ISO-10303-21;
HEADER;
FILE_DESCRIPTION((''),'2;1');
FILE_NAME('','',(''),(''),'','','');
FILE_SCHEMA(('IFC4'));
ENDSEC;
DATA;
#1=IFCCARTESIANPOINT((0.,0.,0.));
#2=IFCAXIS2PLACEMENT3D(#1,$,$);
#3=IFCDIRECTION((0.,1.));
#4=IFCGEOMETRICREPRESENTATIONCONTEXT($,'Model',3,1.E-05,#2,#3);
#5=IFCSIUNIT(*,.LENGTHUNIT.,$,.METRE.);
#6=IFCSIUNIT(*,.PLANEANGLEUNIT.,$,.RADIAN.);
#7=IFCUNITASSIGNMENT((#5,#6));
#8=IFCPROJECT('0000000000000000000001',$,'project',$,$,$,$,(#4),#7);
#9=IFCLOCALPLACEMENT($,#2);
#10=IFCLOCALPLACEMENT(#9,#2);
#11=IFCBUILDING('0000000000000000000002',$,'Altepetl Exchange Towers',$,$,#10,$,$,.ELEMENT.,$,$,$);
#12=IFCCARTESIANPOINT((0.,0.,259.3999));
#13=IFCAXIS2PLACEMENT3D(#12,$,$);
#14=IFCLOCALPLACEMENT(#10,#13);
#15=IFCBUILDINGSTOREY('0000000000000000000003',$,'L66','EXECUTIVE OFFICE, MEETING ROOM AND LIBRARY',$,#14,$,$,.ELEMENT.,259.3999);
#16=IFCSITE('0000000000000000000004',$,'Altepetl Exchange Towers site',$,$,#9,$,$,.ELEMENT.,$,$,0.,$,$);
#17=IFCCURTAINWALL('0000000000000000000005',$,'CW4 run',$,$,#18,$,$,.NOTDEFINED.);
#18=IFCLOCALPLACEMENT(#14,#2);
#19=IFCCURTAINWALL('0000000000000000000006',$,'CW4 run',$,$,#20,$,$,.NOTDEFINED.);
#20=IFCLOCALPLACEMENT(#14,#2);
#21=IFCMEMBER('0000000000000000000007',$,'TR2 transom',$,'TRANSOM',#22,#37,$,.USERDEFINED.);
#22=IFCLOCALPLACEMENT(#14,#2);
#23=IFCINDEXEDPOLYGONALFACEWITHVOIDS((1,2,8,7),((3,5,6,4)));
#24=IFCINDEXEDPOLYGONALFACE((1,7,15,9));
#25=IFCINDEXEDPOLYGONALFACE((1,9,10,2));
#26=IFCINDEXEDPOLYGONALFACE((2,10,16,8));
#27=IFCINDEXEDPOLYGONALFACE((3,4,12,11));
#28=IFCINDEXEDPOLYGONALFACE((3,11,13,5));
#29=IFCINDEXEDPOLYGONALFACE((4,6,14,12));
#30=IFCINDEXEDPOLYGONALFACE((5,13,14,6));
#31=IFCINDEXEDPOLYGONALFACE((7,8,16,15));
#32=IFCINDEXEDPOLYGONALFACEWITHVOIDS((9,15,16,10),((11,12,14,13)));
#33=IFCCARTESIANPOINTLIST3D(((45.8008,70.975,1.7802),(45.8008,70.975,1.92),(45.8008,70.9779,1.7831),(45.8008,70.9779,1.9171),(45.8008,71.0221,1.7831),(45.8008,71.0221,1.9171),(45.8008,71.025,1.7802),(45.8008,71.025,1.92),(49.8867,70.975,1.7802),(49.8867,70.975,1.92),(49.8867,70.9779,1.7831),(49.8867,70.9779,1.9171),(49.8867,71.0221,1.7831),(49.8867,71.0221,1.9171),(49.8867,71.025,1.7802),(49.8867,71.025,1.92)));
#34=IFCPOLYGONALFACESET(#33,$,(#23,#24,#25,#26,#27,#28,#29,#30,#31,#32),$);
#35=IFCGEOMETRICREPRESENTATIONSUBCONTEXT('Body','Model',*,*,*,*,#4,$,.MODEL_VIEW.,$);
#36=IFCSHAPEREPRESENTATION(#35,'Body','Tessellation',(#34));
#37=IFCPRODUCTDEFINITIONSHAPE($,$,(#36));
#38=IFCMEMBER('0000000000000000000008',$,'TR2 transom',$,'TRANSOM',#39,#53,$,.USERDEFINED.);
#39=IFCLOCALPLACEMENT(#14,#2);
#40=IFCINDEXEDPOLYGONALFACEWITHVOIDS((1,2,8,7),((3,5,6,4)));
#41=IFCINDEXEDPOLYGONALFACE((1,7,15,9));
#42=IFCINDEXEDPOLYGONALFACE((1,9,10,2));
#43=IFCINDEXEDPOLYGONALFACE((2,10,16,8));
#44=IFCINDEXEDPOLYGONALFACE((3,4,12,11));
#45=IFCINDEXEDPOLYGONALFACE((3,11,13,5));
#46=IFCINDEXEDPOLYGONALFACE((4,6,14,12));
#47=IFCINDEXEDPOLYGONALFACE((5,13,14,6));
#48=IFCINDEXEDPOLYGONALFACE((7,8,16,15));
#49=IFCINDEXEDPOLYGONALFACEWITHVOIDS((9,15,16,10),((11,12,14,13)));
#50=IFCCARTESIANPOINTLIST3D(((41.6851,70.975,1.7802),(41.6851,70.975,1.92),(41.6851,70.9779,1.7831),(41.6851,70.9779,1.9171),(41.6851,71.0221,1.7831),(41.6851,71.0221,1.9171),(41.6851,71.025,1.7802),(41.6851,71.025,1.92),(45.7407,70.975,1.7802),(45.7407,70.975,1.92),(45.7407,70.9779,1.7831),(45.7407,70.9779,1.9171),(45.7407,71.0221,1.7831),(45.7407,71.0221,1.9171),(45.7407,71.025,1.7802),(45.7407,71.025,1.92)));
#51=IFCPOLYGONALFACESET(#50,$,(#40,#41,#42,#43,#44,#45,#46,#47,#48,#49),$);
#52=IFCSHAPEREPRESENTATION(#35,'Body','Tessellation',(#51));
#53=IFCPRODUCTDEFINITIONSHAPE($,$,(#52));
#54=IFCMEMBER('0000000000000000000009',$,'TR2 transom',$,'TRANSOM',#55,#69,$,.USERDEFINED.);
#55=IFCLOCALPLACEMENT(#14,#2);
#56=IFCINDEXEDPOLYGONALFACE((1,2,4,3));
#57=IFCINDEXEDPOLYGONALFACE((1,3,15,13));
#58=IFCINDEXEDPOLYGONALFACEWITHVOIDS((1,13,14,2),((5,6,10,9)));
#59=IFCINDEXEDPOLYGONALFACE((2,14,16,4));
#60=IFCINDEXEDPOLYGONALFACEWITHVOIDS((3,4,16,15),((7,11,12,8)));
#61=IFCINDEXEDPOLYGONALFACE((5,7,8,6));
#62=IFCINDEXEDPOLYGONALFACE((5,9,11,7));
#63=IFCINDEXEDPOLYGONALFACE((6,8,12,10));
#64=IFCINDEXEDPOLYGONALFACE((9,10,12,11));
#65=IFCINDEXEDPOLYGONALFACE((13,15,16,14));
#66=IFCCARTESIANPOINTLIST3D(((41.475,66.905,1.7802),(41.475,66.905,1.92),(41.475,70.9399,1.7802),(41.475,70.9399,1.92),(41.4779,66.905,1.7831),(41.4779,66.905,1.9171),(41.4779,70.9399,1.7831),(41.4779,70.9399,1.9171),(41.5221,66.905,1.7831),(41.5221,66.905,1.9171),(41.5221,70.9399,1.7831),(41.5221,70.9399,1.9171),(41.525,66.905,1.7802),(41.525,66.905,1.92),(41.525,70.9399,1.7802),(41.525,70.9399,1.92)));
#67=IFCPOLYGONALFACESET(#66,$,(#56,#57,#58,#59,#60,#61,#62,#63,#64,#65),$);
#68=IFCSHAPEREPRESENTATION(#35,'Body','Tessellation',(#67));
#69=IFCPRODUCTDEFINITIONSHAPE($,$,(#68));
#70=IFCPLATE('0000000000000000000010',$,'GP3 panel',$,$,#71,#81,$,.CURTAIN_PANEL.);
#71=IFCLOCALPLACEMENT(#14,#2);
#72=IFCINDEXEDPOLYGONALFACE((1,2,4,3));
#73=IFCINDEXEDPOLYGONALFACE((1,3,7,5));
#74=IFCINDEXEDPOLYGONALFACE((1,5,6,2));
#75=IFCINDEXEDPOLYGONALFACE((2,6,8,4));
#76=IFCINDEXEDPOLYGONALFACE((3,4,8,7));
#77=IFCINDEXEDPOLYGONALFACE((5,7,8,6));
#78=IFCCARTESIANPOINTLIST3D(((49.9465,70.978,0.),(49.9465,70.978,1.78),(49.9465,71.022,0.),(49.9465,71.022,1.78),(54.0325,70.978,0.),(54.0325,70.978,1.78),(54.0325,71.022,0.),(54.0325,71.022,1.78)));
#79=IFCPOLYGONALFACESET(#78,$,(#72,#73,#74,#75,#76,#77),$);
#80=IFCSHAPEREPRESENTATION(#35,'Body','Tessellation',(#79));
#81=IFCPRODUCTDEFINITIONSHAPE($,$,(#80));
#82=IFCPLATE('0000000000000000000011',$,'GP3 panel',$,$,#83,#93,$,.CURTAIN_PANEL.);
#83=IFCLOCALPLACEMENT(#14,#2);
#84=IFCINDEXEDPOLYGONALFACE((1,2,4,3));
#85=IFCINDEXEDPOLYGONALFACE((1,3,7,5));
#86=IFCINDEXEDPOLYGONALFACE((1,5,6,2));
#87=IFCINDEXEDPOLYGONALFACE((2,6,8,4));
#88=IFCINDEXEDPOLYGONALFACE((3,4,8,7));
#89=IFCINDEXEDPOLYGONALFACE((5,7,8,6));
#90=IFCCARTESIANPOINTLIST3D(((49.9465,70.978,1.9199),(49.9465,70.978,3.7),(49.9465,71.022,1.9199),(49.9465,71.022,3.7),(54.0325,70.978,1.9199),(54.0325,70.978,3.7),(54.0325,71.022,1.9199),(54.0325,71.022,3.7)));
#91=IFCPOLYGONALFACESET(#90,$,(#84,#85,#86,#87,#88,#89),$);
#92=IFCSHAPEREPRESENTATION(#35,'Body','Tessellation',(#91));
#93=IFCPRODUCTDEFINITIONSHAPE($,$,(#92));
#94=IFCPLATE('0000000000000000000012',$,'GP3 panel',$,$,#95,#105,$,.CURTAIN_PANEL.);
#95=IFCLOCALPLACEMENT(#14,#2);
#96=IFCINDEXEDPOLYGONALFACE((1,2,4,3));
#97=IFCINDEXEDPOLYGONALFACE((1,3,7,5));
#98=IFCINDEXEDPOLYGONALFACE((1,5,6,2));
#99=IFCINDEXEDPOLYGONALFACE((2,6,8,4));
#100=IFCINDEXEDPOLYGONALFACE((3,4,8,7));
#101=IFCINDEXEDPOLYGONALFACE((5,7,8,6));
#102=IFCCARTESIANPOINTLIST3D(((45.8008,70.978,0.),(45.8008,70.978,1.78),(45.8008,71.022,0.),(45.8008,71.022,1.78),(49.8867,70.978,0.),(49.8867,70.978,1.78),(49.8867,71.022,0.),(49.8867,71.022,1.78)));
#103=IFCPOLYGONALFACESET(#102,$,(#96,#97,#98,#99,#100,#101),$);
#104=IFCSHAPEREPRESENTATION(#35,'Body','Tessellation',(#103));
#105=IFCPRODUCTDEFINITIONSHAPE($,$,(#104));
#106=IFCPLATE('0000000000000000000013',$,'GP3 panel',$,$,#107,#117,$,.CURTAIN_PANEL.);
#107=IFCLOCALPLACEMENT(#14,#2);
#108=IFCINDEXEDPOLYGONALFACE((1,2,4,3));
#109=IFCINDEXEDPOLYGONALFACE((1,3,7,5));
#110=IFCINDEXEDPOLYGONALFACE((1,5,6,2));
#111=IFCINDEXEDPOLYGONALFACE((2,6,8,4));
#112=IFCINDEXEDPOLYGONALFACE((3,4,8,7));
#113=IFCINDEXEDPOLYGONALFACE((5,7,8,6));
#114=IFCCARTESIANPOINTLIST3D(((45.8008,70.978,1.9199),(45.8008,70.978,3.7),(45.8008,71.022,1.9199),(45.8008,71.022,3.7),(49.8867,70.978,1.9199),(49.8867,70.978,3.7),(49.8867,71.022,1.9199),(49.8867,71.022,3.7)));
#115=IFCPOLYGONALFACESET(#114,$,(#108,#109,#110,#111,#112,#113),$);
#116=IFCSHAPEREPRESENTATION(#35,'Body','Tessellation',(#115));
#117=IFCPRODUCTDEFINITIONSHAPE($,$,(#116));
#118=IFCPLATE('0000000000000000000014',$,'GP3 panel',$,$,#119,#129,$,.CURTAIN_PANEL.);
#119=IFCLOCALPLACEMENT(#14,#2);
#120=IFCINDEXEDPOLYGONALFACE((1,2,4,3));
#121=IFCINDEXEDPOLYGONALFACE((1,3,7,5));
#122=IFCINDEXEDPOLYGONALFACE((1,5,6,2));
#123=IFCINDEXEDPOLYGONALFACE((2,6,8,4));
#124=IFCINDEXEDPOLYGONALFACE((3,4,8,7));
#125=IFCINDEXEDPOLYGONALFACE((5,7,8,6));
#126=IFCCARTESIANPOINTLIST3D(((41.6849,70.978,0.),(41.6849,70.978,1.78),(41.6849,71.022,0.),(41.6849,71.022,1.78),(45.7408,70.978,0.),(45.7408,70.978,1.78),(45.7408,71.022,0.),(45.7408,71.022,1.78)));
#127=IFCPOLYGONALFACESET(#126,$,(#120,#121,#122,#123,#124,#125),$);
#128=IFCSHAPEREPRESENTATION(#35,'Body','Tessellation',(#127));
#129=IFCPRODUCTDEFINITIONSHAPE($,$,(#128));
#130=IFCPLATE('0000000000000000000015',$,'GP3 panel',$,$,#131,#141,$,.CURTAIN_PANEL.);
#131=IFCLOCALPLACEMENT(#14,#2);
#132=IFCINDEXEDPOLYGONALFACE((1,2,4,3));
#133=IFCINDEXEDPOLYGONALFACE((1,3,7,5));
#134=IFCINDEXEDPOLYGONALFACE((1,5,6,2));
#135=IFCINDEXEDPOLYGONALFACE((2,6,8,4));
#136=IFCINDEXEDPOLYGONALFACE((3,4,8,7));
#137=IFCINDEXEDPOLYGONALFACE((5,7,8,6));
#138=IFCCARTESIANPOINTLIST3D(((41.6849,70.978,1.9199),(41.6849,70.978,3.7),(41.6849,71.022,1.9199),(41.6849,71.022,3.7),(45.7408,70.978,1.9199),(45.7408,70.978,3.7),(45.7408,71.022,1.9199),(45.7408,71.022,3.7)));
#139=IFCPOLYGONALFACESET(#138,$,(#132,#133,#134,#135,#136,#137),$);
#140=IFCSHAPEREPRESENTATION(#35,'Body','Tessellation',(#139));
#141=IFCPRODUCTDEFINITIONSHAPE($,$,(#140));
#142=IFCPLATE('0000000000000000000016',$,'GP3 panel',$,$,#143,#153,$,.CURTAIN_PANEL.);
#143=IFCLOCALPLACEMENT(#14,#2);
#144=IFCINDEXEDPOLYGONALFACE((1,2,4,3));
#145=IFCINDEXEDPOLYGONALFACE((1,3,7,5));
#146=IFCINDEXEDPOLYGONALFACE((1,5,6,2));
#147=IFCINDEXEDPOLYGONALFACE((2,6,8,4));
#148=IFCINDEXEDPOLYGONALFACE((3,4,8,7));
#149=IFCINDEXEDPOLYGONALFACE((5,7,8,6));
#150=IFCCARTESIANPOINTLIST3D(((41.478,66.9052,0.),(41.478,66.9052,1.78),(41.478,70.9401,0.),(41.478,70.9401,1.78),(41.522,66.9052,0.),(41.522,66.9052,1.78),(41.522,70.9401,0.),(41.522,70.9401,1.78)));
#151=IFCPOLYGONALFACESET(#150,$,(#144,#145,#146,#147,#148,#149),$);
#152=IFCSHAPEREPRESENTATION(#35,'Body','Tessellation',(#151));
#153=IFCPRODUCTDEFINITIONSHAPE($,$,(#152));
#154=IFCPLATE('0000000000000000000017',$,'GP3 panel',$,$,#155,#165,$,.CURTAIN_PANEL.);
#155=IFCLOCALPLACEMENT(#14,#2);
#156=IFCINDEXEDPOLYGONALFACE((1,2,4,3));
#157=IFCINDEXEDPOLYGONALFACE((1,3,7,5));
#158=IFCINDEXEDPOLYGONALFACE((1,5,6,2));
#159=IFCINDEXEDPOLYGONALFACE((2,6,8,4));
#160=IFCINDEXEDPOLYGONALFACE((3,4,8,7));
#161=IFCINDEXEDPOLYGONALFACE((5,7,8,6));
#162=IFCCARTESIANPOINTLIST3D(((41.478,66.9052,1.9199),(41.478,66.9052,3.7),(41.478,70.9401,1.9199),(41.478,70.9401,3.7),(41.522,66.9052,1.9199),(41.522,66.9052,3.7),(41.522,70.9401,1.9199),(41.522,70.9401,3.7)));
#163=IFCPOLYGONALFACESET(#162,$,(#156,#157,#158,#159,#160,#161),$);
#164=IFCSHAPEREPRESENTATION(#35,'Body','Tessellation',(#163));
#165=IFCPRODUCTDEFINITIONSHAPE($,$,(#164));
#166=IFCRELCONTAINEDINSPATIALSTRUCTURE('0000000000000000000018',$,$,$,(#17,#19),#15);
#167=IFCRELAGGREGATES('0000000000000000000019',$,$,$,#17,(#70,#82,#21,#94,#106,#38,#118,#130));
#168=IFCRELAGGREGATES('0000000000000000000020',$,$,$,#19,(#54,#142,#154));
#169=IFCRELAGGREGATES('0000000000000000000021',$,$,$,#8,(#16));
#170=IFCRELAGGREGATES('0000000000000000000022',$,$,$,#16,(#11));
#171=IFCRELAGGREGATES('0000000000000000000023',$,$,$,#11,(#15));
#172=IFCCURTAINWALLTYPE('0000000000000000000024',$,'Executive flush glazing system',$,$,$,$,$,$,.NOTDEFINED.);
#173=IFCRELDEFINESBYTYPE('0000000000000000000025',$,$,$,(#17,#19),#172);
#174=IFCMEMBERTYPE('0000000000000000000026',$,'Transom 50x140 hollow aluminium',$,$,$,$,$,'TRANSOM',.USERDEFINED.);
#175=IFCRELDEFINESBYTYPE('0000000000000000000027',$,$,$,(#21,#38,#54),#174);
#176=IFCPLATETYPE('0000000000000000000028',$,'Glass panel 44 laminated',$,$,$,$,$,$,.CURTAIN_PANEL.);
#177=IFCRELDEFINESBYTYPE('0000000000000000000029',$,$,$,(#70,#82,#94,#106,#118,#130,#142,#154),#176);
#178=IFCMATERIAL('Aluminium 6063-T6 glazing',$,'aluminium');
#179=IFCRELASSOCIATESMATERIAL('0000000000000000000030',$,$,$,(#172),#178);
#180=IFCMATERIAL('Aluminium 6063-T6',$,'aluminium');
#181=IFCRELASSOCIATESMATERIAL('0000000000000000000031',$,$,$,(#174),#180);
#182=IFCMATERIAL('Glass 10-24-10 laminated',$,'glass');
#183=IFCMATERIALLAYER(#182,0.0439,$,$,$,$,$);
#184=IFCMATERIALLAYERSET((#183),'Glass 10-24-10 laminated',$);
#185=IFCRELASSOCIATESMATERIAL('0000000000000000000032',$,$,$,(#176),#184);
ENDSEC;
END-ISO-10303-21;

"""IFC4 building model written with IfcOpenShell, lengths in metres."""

from ifc_helpers import new_model, si_unit, direction, frame, origin, origin_2d, place, context, subcontext, project, spatial, rectangle, hollow_rectangle, extrude, material, layer, layer_set, material_profile, profile_set, type_object, element, aggregate, save


model = new_model("IFC4")

# Units and contexts
model_context = context("Model", 3, precision=1e-05, world=origin(), true_north=direction((0.0, 1.0)))
body_context = subcontext(model_context, "Body", "Model", "MODEL_VIEW")
ifc_project = project(units=[si_unit("LENGTHUNIT", "METRE"), si_unit("PLANEANGLEUNIT", "RADIAN")], contexts=[model_context])

# Site, building, storey
site_placement = place(None, origin())
site = spatial("IfcSite", under=ifc_project, at=site_placement, Name="Altepetl Exchange Towers site", CompositionType="ELEMENT", RefElevation=0.0)
building_placement = place(site_placement, origin())
building = spatial("IfcBuilding", under=site, at=building_placement, Name="Altepetl Exchange Towers", CompositionType="ELEMENT")
storey_placement = place(building_placement, frame((0.0, 0.0, 259.3999)))
storey = spatial("IfcBuildingStorey", under=building, at=storey_placement, Name="L66", Description="EXECUTIVE OFFICE, MEETING ROOM AND LIBRARY", CompositionType="ELEMENT", Elevation=259.3999)

# Curtain wall
ifc_material_1 = material(Name="Aluminium 6063-T6 glazing", Category="aluminium")
curtain_wall_type = type_object("IfcCurtainWallType", Name="Executive flush glazing system", PredefinedType="NOTDEFINED", material=ifc_material_1)
curtain_wall_1_placement = place(storey_placement, origin())
curtain_wall_1 = element("IfcCurtainWall", 1, at=curtain_wall_1_placement, inside=storey, type_object=curtain_wall_type, Name="CW4 run", PredefinedType="NOTDEFINED")
ifc_material_2 = material(Name="Aluminium 6063-T6", Category="aluminium")

# Curtain wall
curtain_wall_2_placement = place(storey_placement, origin())
curtain_wall_2 = element("IfcCurtainWall", 2, at=curtain_wall_2_placement, inside=storey, type_object=curtain_wall_type, Name="CW4 run", PredefinedType="NOTDEFINED")

# Members
ifc_material_profile_1 = material_profile(ifc_material_2, hollow_rectangle(XDim=0.05, YDim=0.1399, WallThickness=0.0029, at=origin_2d()), Name="Transom 50x140 hollow aluminium")
ifc_profile_set_1 = profile_set([ifc_material_profile_1], Name="Aluminium 6063-T6")
member_type_1 = type_object("IfcMemberType", Name="Transom 50x140 hollow aluminium", ElementType="TRANSOM", PredefinedType="USERDEFINED", material=ifc_profile_set_1)
member_1_placement = place(storey_placement, frame((49.8867, 71.0, 1.8501), z_axis=(-1.0, 0.0, 0.0), x_axis=(0.0, -1.0, 0.0)))
member_1 = element("IfcMember", 3, at=member_1_placement, type_object=member_type_1, Name="TR2 transom", ObjectType="TRANSOM", PredefinedType="USERDEFINED", context=body_context, shape_type="SweptSolid", body=[
    extrude(hollow_rectangle(XDim=0.05, YDim=0.1399, WallThickness=0.0029, at=origin_2d()), origin(), (0.0, 0.0, 1.0), 4.0859),
])
member_2_placement = place(storey_placement, frame((45.7407, 71.0, 1.8501), z_axis=(-1.0, 0.0, 0.0), x_axis=(0.0, -1.0, 0.0)))
member_2 = element("IfcMember", 4, at=member_2_placement, type_object=member_type_1, Name="TR2 transom", ObjectType="TRANSOM", PredefinedType="USERDEFINED", context=body_context, shape_type="SweptSolid", body=[
    extrude(hollow_rectangle(XDim=0.05, YDim=0.1399, WallThickness=0.0029, at=origin_2d()), origin(), (0.0, 0.0, 1.0), 4.0557),
])
member_3_placement = place(storey_placement, frame((41.5, 70.9399, 1.8501), z_axis=(0.0, -1.0, 0.0), x_axis=(1.0, 0.0, 0.0)))
member_3 = element("IfcMember", 5, at=member_3_placement, type_object=member_type_1, Name="TR2 transom", ObjectType="TRANSOM", PredefinedType="USERDEFINED", context=body_context, shape_type="SweptSolid", body=[
    extrude(hollow_rectangle(XDim=0.05, YDim=0.1399, WallThickness=0.0029, at=origin_2d()), origin(), (0.0, 0.0, 1.0), 4.0349),
])

# Plates
ifc_material_3 = material(Name="Glass 10-24-10 laminated", Category="glass")
ifc_layer = layer(ifc_material_3, 0.0439)
ifc_layer_set = layer_set([ifc_layer], Name="Glass 10-24-10 laminated")
plate_type = type_object("IfcPlateType", Name="Glass panel 44 laminated", PredefinedType="CURTAIN_PANEL", material=ifc_layer_set)
plate_1_placement = place(storey_placement, frame((51.9895, 71.0, 0.0), z_axis=(0.0, 0.0, 1.0), x_axis=(-1.0, 0.0, 0.0)))
plate_1 = element("IfcPlate", 6, at=plate_1_placement, type_object=plate_type, Name="GP3 panel", PredefinedType="CURTAIN_PANEL", context=body_context, shape_type="SweptSolid", body=[
    extrude(rectangle(XDim=4.0859, YDim=0.0439, at=origin_2d()), origin(), (0.0, 0.0, 1.0), 1.78),
])
plate_2_placement = place(storey_placement, frame((51.9895, 71.0, 1.9199), z_axis=(0.0, 0.0, 1.0), x_axis=(-1.0, 0.0, 0.0)))
plate_2 = element("IfcPlate", 7, at=plate_2_placement, type_object=plate_type, Name="GP3 panel", PredefinedType="CURTAIN_PANEL", context=body_context, shape_type="SweptSolid", body=[
    extrude(rectangle(XDim=4.0859, YDim=0.0439, at=origin_2d()), origin(), (0.0, 0.0, 1.0), 1.78),
])
plate_3_placement = place(storey_placement, frame((47.8438, 71.0, 0.0), z_axis=(0.0, 0.0, 1.0), x_axis=(-1.0, 0.0, 0.0)))
plate_3 = element("IfcPlate", 8, at=plate_3_placement, type_object=plate_type, Name="GP3 panel", PredefinedType="CURTAIN_PANEL", context=body_context, shape_type="SweptSolid", body=[
    extrude(rectangle(XDim=4.0859, YDim=0.0439, at=origin_2d()), origin(), (0.0, 0.0, 1.0), 1.78),
])
plate_4_placement = place(storey_placement, frame((47.8438, 71.0, 1.9199), z_axis=(0.0, 0.0, 1.0), x_axis=(-1.0, 0.0, 0.0)))
plate_4 = element("IfcPlate", 9, at=plate_4_placement, type_object=plate_type, Name="GP3 panel", PredefinedType="CURTAIN_PANEL", context=body_context, shape_type="SweptSolid", body=[
    extrude(rectangle(XDim=4.0859, YDim=0.0439, at=origin_2d()), origin(), (0.0, 0.0, 1.0), 1.78),
])
plate_5_placement = place(storey_placement, frame((43.7129, 71.0, 0.0), z_axis=(0.0, 0.0, 1.0), x_axis=(-1.0, 0.0, 0.0)))
plate_5 = element("IfcPlate", 10, at=plate_5_placement, type_object=plate_type, Name="GP3 panel", PredefinedType="CURTAIN_PANEL", context=body_context, shape_type="SweptSolid", body=[
    extrude(rectangle(XDim=4.0559, YDim=0.0439, at=origin_2d()), origin(), (0.0, 0.0, 1.0), 1.78),
])
plate_6_placement = place(storey_placement, frame((43.7129, 71.0, 1.9199), z_axis=(0.0, 0.0, 1.0), x_axis=(-1.0, 0.0, 0.0)))
plate_6 = element("IfcPlate", 11, at=plate_6_placement, type_object=plate_type, Name="GP3 panel", PredefinedType="CURTAIN_PANEL", context=body_context, shape_type="SweptSolid", body=[
    extrude(rectangle(XDim=4.0559, YDim=0.0439, at=origin_2d()), origin(), (0.0, 0.0, 1.0), 1.78),
])
aggregate(curtain_wall_1, [plate_1, plate_2, member_1, plate_3, plate_4, member_2, plate_5, plate_6])
plate_7_placement = place(storey_placement, frame((41.5, 68.9226, 0.0), z_axis=(0.0, 0.0, 1.0), x_axis=(0.0, -1.0, 0.0)))
plate_7 = element("IfcPlate", 12, at=plate_7_placement, type_object=plate_type, Name="GP3 panel", PredefinedType="CURTAIN_PANEL", context=body_context, shape_type="SweptSolid", body=[
    extrude(rectangle(XDim=4.0349, YDim=0.0439, at=origin_2d()), origin(), (0.0, 0.0, 1.0), 1.78),
])
plate_8_placement = place(storey_placement, frame((41.5, 68.9226, 1.9199), z_axis=(0.0, 0.0, 1.0), x_axis=(0.0, -1.0, 0.0)))
plate_8 = element("IfcPlate", 13, at=plate_8_placement, type_object=plate_type, Name="GP3 panel", PredefinedType="CURTAIN_PANEL", context=body_context, shape_type="SweptSolid", body=[
    extrude(rectangle(XDim=4.0349, YDim=0.0439, at=origin_2d()), origin(), (0.0, 0.0, 1.0), 1.78),
])
aggregate(curtain_wall_2, [member_3, plate_7, plate_8])

save(model, "model.ifc")
